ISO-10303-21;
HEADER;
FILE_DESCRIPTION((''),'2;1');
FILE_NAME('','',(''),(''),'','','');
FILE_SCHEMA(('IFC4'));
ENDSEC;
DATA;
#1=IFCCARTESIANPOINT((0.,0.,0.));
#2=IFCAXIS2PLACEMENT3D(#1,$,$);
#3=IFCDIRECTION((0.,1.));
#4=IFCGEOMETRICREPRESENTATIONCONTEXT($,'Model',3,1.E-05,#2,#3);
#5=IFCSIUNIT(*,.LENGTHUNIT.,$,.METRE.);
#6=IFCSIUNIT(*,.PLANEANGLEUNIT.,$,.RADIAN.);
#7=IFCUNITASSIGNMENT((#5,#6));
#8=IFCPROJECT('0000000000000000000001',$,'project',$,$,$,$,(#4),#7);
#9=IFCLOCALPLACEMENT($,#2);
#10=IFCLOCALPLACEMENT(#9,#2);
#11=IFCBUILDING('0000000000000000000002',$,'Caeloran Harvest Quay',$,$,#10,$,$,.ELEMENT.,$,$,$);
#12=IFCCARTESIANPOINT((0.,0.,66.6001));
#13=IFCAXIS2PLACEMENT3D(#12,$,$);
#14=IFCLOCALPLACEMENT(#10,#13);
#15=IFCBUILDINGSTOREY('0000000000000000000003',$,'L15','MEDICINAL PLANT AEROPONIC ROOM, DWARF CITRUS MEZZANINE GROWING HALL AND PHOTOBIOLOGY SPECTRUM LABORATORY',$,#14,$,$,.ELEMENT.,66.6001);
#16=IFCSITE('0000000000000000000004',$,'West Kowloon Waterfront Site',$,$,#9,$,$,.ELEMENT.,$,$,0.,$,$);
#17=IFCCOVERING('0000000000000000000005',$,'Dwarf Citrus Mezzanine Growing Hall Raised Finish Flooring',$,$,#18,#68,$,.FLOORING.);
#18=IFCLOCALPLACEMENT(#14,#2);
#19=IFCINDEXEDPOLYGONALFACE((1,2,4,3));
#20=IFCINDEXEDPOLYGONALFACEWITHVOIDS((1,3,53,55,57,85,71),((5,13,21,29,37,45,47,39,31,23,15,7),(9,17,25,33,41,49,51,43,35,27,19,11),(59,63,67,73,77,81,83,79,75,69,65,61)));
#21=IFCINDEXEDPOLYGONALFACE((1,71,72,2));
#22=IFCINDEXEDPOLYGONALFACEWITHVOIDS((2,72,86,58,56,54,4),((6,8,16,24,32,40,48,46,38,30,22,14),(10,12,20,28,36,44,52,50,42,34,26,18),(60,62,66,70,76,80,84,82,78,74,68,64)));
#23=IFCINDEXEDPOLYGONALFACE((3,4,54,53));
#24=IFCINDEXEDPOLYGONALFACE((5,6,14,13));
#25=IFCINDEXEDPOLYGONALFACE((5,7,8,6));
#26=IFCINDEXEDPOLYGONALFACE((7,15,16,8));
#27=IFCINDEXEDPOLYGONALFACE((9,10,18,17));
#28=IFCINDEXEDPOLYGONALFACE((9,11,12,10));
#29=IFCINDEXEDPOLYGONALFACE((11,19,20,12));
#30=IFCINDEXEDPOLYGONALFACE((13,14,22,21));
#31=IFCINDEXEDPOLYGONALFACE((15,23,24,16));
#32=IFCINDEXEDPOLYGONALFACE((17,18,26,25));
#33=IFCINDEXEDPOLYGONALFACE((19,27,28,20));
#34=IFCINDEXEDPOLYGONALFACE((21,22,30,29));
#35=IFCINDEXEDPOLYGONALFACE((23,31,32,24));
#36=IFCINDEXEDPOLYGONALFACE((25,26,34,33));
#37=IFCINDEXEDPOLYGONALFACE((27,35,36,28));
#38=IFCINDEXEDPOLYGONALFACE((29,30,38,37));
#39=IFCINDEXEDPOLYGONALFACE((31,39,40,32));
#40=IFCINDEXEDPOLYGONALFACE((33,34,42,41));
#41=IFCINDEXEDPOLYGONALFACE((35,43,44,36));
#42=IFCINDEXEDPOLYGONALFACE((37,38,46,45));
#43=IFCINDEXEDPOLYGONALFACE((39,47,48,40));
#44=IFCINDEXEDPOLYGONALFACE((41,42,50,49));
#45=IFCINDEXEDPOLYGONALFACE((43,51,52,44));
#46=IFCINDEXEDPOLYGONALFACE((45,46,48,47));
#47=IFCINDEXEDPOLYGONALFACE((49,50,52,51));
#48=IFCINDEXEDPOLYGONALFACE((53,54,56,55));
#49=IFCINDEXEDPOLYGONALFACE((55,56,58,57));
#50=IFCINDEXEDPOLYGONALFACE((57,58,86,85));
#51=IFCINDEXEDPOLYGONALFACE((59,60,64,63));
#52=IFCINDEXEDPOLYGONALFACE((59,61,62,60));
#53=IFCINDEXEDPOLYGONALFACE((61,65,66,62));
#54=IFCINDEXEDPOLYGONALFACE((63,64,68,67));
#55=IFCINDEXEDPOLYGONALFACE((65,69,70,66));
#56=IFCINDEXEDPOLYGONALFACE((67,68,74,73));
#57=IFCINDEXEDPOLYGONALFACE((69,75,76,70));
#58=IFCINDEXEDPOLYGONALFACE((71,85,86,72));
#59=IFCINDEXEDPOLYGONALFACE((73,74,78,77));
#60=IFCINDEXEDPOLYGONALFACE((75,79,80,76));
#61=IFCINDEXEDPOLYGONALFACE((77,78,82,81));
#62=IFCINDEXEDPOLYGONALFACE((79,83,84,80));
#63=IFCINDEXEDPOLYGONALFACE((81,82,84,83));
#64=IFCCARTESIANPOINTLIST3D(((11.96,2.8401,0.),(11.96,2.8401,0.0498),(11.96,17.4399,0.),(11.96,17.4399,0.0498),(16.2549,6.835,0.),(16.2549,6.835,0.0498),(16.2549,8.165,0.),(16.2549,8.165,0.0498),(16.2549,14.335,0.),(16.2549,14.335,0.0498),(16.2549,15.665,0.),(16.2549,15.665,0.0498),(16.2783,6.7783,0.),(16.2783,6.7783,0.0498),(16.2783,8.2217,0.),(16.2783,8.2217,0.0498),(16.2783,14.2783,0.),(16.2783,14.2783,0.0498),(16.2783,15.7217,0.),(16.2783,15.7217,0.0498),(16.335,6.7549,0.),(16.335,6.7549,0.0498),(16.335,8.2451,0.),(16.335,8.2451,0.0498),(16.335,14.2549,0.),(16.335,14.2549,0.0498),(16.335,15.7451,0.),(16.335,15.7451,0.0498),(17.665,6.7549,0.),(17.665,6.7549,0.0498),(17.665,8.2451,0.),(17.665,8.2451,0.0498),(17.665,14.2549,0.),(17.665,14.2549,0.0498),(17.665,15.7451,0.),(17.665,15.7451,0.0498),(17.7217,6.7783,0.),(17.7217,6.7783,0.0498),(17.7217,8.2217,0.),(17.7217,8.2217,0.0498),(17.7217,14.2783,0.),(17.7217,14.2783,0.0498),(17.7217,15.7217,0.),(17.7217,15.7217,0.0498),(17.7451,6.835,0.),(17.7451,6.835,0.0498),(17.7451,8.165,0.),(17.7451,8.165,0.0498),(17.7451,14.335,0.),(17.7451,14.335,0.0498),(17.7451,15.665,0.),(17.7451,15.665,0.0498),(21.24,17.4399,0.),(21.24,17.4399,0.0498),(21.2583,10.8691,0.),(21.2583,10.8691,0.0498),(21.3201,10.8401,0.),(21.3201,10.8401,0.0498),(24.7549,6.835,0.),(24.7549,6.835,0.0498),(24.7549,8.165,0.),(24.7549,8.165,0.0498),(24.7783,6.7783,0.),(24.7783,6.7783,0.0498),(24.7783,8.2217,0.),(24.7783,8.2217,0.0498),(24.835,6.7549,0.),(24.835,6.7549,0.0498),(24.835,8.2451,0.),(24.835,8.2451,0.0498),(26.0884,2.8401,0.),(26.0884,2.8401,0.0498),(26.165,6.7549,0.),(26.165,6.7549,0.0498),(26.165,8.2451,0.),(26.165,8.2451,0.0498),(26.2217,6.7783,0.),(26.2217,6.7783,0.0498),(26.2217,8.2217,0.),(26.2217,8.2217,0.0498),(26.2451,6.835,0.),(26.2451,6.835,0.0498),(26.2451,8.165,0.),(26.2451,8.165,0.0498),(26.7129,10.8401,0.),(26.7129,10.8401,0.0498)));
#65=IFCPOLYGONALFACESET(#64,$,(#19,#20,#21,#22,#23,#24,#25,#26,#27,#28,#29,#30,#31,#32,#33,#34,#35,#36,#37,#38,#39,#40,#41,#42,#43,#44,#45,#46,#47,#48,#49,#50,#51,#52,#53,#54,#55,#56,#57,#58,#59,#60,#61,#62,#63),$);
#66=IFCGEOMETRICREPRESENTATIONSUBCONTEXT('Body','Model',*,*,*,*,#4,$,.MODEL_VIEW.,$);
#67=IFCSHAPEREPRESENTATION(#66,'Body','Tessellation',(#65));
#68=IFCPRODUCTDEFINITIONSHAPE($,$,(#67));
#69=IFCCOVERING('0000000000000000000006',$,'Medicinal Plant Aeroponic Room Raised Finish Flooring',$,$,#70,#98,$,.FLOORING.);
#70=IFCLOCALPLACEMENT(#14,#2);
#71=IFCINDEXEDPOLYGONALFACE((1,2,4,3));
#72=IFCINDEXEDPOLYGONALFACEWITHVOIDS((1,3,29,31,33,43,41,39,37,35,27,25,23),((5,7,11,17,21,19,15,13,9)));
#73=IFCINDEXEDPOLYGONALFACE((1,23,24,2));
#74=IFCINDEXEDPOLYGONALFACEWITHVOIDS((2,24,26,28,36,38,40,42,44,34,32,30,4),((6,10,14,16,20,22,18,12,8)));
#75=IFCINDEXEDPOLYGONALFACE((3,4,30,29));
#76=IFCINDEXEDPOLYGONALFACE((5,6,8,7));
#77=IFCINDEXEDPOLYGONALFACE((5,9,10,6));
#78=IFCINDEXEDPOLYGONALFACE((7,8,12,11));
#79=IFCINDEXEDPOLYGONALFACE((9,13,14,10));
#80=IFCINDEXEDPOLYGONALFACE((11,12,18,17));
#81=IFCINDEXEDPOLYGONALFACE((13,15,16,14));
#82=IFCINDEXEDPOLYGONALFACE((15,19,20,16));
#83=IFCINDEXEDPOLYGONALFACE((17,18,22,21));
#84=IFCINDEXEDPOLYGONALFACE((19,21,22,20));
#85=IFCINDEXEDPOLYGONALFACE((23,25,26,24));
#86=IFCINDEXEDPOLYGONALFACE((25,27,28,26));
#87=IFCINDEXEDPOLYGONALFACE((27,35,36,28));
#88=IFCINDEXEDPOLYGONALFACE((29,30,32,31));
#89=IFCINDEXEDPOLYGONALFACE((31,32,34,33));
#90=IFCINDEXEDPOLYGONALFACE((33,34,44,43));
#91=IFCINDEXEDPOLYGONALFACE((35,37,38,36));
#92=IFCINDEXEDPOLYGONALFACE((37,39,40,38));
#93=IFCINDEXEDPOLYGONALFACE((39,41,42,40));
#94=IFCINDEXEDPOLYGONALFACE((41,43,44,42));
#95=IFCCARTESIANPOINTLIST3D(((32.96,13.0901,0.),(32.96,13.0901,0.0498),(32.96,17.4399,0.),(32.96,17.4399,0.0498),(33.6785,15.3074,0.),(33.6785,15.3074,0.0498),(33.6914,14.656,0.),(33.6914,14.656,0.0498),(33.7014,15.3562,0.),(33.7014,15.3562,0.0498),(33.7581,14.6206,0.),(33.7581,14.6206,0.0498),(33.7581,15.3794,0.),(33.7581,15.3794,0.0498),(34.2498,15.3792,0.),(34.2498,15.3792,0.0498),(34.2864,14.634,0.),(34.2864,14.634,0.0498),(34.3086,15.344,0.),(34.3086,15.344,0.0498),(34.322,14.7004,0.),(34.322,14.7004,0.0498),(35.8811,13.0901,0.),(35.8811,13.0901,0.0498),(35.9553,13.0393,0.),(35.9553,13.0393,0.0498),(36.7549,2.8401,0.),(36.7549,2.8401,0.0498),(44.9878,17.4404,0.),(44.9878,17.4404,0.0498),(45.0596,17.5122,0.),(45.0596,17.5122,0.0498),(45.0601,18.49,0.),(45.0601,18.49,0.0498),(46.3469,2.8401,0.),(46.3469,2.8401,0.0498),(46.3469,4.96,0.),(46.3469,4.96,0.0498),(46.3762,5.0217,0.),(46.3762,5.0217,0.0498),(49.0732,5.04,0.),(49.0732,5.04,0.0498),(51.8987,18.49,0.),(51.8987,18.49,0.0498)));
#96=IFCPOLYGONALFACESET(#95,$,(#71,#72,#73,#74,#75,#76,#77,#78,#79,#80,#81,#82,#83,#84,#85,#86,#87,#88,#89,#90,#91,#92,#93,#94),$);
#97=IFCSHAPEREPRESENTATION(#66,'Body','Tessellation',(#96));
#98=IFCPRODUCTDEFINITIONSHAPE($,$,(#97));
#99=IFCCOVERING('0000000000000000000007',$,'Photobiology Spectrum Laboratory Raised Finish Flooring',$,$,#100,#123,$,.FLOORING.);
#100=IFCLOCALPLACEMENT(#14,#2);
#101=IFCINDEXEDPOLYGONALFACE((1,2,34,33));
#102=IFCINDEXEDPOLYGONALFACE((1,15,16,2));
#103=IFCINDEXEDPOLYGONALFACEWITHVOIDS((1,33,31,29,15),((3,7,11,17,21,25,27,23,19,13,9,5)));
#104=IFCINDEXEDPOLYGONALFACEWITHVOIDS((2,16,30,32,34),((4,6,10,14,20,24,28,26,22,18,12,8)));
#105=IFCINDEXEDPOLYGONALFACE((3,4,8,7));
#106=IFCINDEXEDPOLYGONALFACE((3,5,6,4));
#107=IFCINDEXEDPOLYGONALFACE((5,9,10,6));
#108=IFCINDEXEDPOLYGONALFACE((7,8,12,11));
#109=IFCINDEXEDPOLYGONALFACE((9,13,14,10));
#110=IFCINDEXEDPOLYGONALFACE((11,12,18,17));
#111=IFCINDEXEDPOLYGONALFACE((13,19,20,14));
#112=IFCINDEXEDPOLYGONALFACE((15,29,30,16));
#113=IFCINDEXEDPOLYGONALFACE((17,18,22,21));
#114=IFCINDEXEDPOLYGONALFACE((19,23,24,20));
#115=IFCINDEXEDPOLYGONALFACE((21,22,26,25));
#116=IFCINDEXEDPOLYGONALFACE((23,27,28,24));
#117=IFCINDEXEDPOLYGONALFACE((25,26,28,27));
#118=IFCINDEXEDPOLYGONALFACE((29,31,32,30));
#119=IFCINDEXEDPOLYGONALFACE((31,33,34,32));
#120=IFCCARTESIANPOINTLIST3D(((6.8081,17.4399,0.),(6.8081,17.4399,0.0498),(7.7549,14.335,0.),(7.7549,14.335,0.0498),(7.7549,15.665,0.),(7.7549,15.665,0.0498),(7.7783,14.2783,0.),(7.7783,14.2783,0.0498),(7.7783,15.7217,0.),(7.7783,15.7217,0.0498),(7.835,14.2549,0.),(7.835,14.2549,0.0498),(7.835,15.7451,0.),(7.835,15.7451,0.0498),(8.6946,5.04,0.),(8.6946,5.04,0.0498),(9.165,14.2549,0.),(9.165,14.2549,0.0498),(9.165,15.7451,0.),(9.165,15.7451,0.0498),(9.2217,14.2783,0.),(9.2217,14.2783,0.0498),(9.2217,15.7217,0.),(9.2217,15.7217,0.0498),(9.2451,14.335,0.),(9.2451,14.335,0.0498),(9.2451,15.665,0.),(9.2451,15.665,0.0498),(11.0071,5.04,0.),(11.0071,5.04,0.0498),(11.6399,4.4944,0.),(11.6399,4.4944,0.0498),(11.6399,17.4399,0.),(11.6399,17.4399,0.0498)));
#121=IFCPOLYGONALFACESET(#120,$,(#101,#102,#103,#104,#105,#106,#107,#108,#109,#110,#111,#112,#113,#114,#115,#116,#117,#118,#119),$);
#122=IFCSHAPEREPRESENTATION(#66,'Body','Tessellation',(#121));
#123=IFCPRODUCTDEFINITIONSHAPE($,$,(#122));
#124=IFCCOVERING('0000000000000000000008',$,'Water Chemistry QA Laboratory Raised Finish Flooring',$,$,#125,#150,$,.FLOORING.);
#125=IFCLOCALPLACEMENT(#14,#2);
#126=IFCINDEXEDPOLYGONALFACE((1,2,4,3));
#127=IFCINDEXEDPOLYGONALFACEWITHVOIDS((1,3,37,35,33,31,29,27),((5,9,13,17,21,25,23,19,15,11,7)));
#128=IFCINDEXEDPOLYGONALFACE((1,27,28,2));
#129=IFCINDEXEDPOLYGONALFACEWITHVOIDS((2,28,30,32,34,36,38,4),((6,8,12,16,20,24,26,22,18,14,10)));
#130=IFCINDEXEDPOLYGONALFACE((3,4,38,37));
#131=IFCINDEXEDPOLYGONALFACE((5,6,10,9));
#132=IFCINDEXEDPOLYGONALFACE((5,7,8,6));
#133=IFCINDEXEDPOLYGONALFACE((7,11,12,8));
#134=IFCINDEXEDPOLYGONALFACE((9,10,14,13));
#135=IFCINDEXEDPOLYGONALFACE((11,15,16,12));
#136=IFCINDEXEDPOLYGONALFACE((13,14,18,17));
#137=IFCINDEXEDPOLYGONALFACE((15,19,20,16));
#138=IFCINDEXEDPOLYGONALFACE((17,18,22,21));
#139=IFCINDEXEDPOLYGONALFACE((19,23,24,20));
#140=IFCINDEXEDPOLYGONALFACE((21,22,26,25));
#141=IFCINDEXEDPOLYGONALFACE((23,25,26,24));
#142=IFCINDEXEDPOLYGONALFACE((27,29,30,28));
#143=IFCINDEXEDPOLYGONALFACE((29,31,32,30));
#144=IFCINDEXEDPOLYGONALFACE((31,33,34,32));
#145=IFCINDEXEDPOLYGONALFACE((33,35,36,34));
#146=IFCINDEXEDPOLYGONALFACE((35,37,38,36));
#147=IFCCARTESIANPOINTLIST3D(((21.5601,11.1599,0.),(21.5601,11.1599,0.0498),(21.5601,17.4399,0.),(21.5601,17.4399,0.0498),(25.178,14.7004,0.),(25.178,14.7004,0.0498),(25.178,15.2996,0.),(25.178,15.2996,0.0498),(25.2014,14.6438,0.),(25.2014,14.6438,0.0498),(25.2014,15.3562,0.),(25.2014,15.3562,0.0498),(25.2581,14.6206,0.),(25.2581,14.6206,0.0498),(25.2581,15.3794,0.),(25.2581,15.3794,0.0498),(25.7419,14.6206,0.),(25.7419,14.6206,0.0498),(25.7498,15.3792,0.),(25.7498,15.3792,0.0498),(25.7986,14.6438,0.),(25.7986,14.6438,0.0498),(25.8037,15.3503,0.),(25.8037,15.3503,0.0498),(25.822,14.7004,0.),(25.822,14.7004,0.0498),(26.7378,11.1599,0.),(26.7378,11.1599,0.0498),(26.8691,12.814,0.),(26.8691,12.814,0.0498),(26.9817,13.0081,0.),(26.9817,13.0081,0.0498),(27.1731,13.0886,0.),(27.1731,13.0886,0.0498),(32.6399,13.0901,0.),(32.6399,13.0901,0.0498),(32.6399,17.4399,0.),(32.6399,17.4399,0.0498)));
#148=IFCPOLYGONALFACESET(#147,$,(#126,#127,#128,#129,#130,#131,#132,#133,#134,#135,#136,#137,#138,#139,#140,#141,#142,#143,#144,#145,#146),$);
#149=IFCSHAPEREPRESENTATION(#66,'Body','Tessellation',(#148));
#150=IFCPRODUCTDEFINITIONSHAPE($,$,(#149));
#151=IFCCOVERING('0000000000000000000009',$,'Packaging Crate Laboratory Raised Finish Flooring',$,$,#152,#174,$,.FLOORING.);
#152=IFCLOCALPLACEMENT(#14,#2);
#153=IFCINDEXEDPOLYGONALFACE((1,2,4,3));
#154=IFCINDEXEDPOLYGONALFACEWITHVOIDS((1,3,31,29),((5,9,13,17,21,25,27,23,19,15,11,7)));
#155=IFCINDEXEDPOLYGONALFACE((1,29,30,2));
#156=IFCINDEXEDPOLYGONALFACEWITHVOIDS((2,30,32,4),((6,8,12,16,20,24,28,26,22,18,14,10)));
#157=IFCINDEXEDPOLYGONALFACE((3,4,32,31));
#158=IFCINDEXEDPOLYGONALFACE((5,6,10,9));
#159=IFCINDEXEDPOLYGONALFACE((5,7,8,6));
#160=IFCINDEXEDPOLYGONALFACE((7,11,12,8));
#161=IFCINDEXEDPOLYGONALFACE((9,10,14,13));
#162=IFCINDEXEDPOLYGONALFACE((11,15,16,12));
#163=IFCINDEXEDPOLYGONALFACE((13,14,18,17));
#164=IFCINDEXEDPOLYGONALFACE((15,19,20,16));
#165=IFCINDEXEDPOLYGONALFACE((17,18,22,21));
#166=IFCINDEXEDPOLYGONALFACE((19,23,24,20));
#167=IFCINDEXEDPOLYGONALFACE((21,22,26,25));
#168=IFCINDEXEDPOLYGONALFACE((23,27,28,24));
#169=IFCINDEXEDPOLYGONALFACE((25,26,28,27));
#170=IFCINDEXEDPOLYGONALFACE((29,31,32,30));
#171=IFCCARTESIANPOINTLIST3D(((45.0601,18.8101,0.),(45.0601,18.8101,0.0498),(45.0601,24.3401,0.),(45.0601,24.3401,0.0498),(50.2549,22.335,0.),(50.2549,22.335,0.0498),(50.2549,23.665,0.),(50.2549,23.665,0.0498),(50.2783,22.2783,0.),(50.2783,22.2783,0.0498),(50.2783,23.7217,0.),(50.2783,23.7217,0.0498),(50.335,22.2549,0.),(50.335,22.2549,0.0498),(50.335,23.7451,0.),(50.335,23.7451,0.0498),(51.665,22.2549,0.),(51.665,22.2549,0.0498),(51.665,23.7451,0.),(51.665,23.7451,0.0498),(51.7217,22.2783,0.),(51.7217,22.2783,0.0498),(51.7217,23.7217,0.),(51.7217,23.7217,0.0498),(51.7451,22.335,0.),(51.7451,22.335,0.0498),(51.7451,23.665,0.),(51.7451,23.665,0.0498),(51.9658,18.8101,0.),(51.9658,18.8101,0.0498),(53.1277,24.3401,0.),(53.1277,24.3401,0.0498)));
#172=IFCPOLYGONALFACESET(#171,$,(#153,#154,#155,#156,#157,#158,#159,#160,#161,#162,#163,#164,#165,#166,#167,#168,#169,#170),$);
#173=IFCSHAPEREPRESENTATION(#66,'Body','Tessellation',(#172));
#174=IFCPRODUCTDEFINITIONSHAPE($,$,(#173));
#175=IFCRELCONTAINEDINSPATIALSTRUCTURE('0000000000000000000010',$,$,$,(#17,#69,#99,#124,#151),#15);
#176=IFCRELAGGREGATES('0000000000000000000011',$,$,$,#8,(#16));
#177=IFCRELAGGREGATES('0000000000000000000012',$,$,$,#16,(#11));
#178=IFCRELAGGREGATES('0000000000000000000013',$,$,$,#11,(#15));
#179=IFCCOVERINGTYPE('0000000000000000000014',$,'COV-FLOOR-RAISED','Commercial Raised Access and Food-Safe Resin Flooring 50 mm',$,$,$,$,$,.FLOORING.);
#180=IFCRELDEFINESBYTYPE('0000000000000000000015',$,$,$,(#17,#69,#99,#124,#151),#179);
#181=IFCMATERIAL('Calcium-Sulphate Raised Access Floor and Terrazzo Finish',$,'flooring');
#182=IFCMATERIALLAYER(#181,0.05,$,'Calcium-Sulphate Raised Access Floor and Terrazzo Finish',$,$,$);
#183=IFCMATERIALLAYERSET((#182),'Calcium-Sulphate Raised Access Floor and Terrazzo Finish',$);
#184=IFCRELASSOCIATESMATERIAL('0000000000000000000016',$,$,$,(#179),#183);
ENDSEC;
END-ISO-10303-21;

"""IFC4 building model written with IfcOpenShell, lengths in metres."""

from ifc_helpers import new_model, si_unit, direction, frame, origin, place, context, subcontext, project, spatial, polyline, outline, extrude, material, layer, layer_set, type_object, element, save


model = new_model("IFC4")

# Units and contexts
model_context = context("Model", 3, precision=1e-05, world=origin(), true_north=direction((0.0, 1.0)))
body_context = subcontext(model_context, "Body", "Model", "MODEL_VIEW")
ifc_project = project(units=[si_unit("LENGTHUNIT", "METRE"), si_unit("PLANEANGLEUNIT", "RADIAN")], contexts=[model_context])

# Site, building, storey
site_placement = place(None, origin())
site = spatial("IfcSite", under=ifc_project, at=site_placement, Name="West Kowloon Waterfront Site", CompositionType="ELEMENT", RefElevation=0.0)
building_placement = place(site_placement, origin())
building = spatial("IfcBuilding", under=site, at=building_placement, Name="Caeloran Harvest Quay", CompositionType="ELEMENT")
storey_placement = place(building_placement, frame((0.0, 0.0, 66.6001)))
storey = spatial("IfcBuildingStorey", under=building, at=storey_placement, Name="L15", Description="MEDICINAL PLANT AEROPONIC ROOM, DWARF CITRUS MEZZANINE GROWING HALL AND PHOTOBIOLOGY SPECTRUM LABORATORY", CompositionType="ELEMENT", Elevation=66.6001)

# Coverings
ifc_material_1 = material(Name="Calcium-Sulphate Raised Access Floor and Terrazzo Finish", Category="flooring")
ifc_layer_1 = layer(ifc_material_1, 0.05, Name="Calcium-Sulphate Raised Access Floor and Terrazzo Finish")
ifc_layer_set_1 = layer_set([ifc_layer_1], Name="Calcium-Sulphate Raised Access Floor and Terrazzo Finish")
covering_type_1 = type_object("IfcCoveringType", Name="COV-FLOOR-RAISED", Description="Commercial Raised Access and Food-Safe Resin Flooring 50 mm", PredefinedType="FLOORING", material=ifc_layer_set_1)
covering_1_placement = place(storey_placement, origin())
element("IfcCovering", 1, at=covering_1_placement, inside=storey, type_object=covering_type_1, Name="Dwarf Citrus Mezzanine Growing Hall Raised Finish Flooring", PredefinedType="FLOORING", context=body_context, shape_type="SweptSolid", body=[
    extrude(outline(polyline([(11.96, 17.4399), (21.24, 17.4399), (21.2583, 10.8691), (21.3201, 10.8401), (26.7129, 10.8401), (26.0884, 2.8401), (11.96, 2.8401), (11.96, 17.4399)]), holes=[polyline([(26.2451, 8.165), (26.2217, 8.2217), (26.165, 8.2451), (24.835, 8.2451), (24.7783, 8.2217), (24.7549, 8.165), (24.7549, 6.835), (24.7783, 6.7783), (24.835, 6.7549), (26.165, 6.7549), (26.2217, 6.7783), (26.2451, 6.835), (26.2451, 8.165)]), polyline([(16.335, 8.2451), (16.2783, 8.2217), (16.2549, 8.165), (16.2549, 6.835), (16.2783, 6.7783), (16.335, 6.7549), (17.665, 6.7549), (17.7217, 6.7783), (17.7451, 6.835), (17.7451, 8.165), (17.7217, 8.2217), (17.665, 8.2451), (16.335, 8.2451)]), polyline([(17.7451, 15.665), (17.7217, 15.7217), (17.665, 15.7451), (16.335, 15.7451), (16.2783, 15.7217), (16.2549, 15.665), (16.2549, 14.335), (16.2783, 14.2783), (16.335, 14.2549), (17.665, 14.2549), (17.7217, 14.2783), (17.7451, 14.335), (17.7451, 15.665)])]), origin(), (0.0, 0.0, 1.0), 0.0498),
])
covering_2_placement = place(storey_placement, origin())
element("IfcCovering", 2, at=covering_2_placement, inside=storey, type_object=covering_type_1, Name="Medicinal Plant Aeroponic Room Raised Finish Flooring", PredefinedType="FLOORING", context=body_context, shape_type="SweptSolid", body=[
    extrude(outline(polyline([(32.96, 13.0901), (32.96, 17.4399), (44.9878, 17.4404), (45.0596, 17.5122), (45.0601, 18.49), (51.8987, 18.49), (49.0732, 5.04), (46.3762, 5.0217), (46.3469, 4.96), (46.3469, 2.8401), (36.7549, 2.8401), (35.9553, 13.0393), (35.8811, 13.0901), (32.96, 13.0901)]), holes=[polyline([(33.7581, 15.3794), (33.7014, 15.3562), (33.6785, 15.3074), (33.6914, 14.656), (33.7581, 14.6206), (34.2864, 14.634), (34.322, 14.7004), (34.3086, 15.344), (34.2498, 15.3792), (33.7581, 15.3794)])]), origin(), (0.0, 0.0, 1.0), 0.0498),
])
covering_3_placement = place(storey_placement, origin())
element("IfcCovering", 3, at=covering_3_placement, inside=storey, type_object=covering_type_1, Name="Photobiology Spectrum Laboratory Raised Finish Flooring", PredefinedType="FLOORING", context=body_context, shape_type="SweptSolid", body=[
    extrude(outline(polyline([(11.6399, 4.4944), (11.0071, 5.04), (8.6946, 5.04), (6.8081, 17.4399), (11.6399, 17.4399), (11.6399, 4.4944)]), holes=[polyline([(9.2451, 15.665), (9.2217, 15.7217), (9.165, 15.7451), (7.835, 15.7451), (7.7783, 15.7217), (7.7549, 15.665), (7.7549, 14.335), (7.7783, 14.2783), (7.835, 14.2549), (9.165, 14.2549), (9.2217, 14.2783), (9.2451, 14.335), (9.2451, 15.665)])]), origin(), (0.0, 0.0, 1.0), 0.0498),
])
covering_4_placement = place(storey_placement, origin())
element("IfcCovering", 4, at=covering_4_placement, inside=storey, type_object=covering_type_1, Name="Water Chemistry QA Laboratory Raised Finish Flooring", PredefinedType="FLOORING", context=body_context, shape_type="SweptSolid", body=[
    extrude(outline(polyline([(27.1731, 13.0886), (26.9817, 13.0081), (26.8691, 12.814), (26.7378, 11.1599), (21.5601, 11.1599), (21.5601, 17.4399), (32.6399, 17.4399), (32.6399, 13.0901), (27.1731, 13.0886)]), holes=[polyline([(25.822, 14.7004), (25.8037, 15.3503), (25.7498, 15.3792), (25.2581, 15.3794), (25.2014, 15.3562), (25.178, 15.2996), (25.178, 14.7004), (25.2014, 14.6438), (25.2581, 14.6206), (25.7419, 14.6206), (25.7986, 14.6438), (25.822, 14.7004)])]), origin(), (0.0, 0.0, 1.0), 0.0498),
])
covering_5_placement = place(storey_placement, origin())
element("IfcCovering", 5, at=covering_5_placement, inside=storey, type_object=covering_type_1, Name="Packaging Crate Laboratory Raised Finish Flooring", PredefinedType="FLOORING", context=body_context, shape_type="SweptSolid", body=[
    extrude(outline(polyline([(45.0601, 18.8101), (45.0601, 24.3401), (53.1277, 24.3401), (51.9658, 18.8101), (45.0601, 18.8101)]), holes=[polyline([(51.7451, 23.665), (51.7217, 23.7217), (51.665, 23.7451), (50.335, 23.7451), (50.2783, 23.7217), (50.2549, 23.665), (50.2549, 22.335), (50.2783, 22.2783), (50.335, 22.2549), (51.665, 22.2549), (51.7217, 22.2783), (51.7451, 22.335), (51.7451, 23.665)])]), origin(), (0.0, 0.0, 1.0), 0.0498),
])

save(model, "model.ifc")
